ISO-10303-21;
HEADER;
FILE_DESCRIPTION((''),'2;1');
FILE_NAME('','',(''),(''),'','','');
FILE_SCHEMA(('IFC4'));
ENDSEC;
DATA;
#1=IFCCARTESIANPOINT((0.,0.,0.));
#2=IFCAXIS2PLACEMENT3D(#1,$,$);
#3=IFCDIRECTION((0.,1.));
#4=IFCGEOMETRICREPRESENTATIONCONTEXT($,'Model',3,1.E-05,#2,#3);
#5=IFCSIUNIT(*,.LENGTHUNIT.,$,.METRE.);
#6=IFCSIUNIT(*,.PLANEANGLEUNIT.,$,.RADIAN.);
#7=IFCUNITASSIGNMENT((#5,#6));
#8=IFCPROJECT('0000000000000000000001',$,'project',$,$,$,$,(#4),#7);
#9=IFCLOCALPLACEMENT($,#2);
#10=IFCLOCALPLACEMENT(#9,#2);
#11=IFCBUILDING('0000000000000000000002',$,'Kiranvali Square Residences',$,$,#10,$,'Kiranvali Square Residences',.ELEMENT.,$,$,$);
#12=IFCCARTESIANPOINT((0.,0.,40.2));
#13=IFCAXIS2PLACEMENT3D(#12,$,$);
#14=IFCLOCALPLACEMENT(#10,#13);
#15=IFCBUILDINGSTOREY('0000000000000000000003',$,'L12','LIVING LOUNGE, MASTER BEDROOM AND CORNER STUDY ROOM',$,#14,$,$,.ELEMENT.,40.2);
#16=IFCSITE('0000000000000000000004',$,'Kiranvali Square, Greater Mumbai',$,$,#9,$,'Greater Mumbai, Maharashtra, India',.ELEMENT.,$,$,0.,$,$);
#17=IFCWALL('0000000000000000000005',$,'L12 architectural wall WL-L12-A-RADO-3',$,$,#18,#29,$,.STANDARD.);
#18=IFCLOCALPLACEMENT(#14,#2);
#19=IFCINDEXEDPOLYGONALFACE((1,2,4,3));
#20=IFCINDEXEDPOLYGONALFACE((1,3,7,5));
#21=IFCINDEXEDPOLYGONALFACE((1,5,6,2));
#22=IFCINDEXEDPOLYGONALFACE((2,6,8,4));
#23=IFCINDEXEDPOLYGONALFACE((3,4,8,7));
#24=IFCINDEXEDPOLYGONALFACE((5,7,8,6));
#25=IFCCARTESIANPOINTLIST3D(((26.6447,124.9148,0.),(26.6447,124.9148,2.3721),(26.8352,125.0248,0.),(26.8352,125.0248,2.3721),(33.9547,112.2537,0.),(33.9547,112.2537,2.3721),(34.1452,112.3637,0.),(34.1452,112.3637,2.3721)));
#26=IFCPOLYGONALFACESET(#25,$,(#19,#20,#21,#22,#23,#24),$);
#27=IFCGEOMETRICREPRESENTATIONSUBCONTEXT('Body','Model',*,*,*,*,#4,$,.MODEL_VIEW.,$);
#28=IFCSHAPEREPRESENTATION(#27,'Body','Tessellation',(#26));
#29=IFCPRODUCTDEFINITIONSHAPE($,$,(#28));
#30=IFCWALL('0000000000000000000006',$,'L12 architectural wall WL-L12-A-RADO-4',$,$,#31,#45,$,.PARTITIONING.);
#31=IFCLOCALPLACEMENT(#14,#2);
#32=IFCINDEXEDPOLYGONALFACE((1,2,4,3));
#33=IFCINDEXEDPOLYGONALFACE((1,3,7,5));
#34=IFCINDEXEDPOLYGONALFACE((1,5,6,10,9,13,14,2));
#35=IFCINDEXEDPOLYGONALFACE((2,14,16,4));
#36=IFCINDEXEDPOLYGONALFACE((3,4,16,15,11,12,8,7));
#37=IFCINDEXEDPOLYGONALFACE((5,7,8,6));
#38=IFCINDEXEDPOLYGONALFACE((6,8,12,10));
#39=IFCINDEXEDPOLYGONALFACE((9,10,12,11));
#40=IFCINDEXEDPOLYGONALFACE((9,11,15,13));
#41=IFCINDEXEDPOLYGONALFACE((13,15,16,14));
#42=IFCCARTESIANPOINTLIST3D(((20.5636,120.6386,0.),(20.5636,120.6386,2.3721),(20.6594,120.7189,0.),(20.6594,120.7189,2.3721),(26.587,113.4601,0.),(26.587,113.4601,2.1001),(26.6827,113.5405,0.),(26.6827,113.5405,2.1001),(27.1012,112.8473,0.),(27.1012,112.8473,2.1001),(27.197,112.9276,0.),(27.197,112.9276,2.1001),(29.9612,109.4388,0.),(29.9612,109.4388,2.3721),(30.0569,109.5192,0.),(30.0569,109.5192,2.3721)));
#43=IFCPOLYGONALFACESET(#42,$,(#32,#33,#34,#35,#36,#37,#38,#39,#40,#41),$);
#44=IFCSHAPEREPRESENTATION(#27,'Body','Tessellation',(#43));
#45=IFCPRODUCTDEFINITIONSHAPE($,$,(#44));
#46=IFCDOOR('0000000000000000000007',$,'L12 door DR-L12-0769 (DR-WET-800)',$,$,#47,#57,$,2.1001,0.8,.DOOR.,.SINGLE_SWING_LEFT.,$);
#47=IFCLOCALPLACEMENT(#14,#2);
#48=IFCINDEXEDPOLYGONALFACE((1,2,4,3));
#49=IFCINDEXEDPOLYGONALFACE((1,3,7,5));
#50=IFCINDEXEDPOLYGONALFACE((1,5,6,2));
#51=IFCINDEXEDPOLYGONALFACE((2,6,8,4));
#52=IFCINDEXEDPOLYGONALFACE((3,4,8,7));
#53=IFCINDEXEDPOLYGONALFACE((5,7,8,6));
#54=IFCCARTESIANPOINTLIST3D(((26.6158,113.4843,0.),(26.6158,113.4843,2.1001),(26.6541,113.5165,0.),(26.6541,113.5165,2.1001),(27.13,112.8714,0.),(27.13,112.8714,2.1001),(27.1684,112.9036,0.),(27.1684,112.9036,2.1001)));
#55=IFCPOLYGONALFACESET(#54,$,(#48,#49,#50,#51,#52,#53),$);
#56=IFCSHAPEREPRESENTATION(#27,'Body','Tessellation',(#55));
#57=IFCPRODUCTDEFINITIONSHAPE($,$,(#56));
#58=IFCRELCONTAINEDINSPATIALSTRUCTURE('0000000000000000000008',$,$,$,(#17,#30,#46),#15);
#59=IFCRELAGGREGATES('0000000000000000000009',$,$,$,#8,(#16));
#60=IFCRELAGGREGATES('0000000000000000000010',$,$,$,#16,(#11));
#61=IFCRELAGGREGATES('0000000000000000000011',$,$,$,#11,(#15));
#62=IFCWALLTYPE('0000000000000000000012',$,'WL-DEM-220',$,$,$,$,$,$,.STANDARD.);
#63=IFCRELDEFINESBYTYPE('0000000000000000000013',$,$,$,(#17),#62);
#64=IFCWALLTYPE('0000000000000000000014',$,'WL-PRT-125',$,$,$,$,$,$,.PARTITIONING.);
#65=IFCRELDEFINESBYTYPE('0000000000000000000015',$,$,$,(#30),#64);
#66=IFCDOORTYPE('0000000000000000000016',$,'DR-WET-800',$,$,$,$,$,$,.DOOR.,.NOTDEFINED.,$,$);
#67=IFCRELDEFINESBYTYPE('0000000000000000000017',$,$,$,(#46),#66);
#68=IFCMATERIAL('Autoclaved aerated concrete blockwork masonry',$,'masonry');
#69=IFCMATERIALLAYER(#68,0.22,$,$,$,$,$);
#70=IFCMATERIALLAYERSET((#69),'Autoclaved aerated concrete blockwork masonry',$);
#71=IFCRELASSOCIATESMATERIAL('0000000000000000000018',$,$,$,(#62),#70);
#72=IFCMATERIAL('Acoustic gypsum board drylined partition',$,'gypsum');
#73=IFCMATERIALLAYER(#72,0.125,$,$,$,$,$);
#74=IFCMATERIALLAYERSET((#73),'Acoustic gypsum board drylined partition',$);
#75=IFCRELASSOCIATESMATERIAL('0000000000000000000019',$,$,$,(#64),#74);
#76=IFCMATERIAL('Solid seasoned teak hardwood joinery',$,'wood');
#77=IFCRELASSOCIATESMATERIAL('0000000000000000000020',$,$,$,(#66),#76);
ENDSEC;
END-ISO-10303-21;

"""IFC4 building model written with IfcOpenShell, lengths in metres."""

from ifc_helpers import new_model, si_unit, direction, frame, frame_2d, origin, place, context, subcontext, project, spatial, rectangle, extrude, material, layer, layer_set, type_object, element, fill, save


model = new_model("IFC4")

# Units and contexts
model_context = context("Model", 3, precision=1e-05, world=origin(), true_north=direction((0.0, 1.0)))
body_context = subcontext(model_context, "Body", "Model", "MODEL_VIEW")
ifc_project = project(units=[si_unit("LENGTHUNIT", "METRE"), si_unit("PLANEANGLEUNIT", "RADIAN")], contexts=[model_context])

# Site, building, storey
site_placement = place(None, origin())
site = spatial("IfcSite", under=ifc_project, at=site_placement, Name="Kiranvali Square, Greater Mumbai", LongName="Greater Mumbai, Maharashtra, India", CompositionType="ELEMENT", RefElevation=0.0)
building_placement = place(site_placement, origin())
building = spatial("IfcBuilding", under=site, at=building_placement, Name="Kiranvali Square Residences", LongName="Kiranvali Square Residences", CompositionType="ELEMENT")
storey_placement = place(building_placement, frame((0.0, 0.0, 40.2)))
storey = spatial("IfcBuildingStorey", under=building, at=storey_placement, Name="L12", Description="LIVING LOUNGE, MASTER BEDROOM AND CORNER STUDY ROOM", CompositionType="ELEMENT", Elevation=40.2)

# Shared definitions
ifc_material_1 = material(Name="Autoclaved aerated concrete blockwork masonry", Category="masonry")

# Wall
ifc_layer_1 = layer(ifc_material_1, 0.22)
ifc_layer_set_1 = layer_set([ifc_layer_1], Name="Autoclaved aerated concrete blockwork masonry")
wall_type_1 = type_object("IfcWallType", Name="WL-DEM-220", PredefinedType="STANDARD", material=ifc_layer_set_1)
wall_1_placement = place(storey_placement, frame((34.05, 112.3086, 0.0), z_axis=(0.0, 0.0, 1.0), x_axis=(-0.500008, 0.866021, 0.0)))
element("IfcWall", 1, at=wall_1_placement, inside=storey, type_object=wall_type_1, Name="L12 architectural wall WL-L12-A-RADO-3", PredefinedType="STANDARD", context=body_context, shape_type="SweptSolid", body=[
    extrude(rectangle(XDim=14.6199, YDim=0.22, at=frame_2d((7.3101, 0.0))), origin(), (0.0, 0.0, 1.0), 2.3721),
])

# Wall, opening, door
ifc_material_2 = material(Name="Acoustic gypsum board drylined partition", Category="gypsum")
ifc_layer_2 = layer(ifc_material_2, 0.125)
ifc_layer_set_2 = layer_set([ifc_layer_2], Name="Acoustic gypsum board drylined partition")
wall_type_2 = type_object("IfcWallType", Name="WL-PRT-125", PredefinedType="PARTITIONING", material=ifc_layer_set_2)
wall_2_placement = place(storey_placement, frame((30.009, 109.479, 0.0), z_axis=(0.0, 0.0, 1.0), x_axis=(-0.642779, 0.766051, 0.0)))
wall_2 = element("IfcWall", 2, at=wall_2_placement, inside=storey, type_object=wall_type_2, Name="L12 architectural wall WL-L12-A-RADO-4", PredefinedType="PARTITIONING", context=body_context, shape_type="SweptSolid", body=[
    extrude(rectangle(XDim=14.6201, YDim=0.125, at=frame_2d((7.3101, 0.0))), origin(), (0.0, 0.0, 1.0), 2.3721),
])
opening_1_placement = place(wall_2_placement, frame((4.4495, 0.0, 0.0)))
opening_1 = element("IfcOpeningElement", 3, at=opening_1_placement, cuts=wall_2, PredefinedType="OPENING", context=body_context, shape_type="SweptSolid", body=[
    extrude(rectangle(XDim=0.8, YDim=2.1001, at=frame_2d((0.3999, 1.05))), frame((0.0, 0.0725, 0.0), z_axis=(0.0, -1.0, 0.0), x_axis=(1.0, 0.0, 0.0)), (0.0, 0.0, 1.0), 0.145),
])
ifc_material_3 = material(Name="Solid seasoned teak hardwood joinery", Category="wood")
door_type_1 = type_object("IfcDoorType", Name="DR-WET-800", OperationType="NOTDEFINED", PredefinedType="DOOR", material=ifc_material_3)
door_1_placement = place(opening_1_placement, origin())
door_1 = element("IfcDoor", 4, at=door_1_placement, inside=storey, type_object=door_type_1, Name="L12 door DR-L12-0769 (DR-WET-800)", OperationType="SINGLE_SWING_LEFT", OverallHeight=2.1001, OverallWidth=0.8, PredefinedType="DOOR", context=body_context, shape_type="SweptSolid", body=[
    extrude(rectangle(XDim=0.8, YDim=2.1001, at=frame_2d((0.3999, 1.05))), frame((0.0, 0.0249, 0.0), z_axis=(0.0, -1.0, 0.0), x_axis=(1.0, 0.0, 0.0)), (0.0, 0.0, 1.0), 0.05),
])
fill(opening_1, door_1)

save(model, "model.ifc")
